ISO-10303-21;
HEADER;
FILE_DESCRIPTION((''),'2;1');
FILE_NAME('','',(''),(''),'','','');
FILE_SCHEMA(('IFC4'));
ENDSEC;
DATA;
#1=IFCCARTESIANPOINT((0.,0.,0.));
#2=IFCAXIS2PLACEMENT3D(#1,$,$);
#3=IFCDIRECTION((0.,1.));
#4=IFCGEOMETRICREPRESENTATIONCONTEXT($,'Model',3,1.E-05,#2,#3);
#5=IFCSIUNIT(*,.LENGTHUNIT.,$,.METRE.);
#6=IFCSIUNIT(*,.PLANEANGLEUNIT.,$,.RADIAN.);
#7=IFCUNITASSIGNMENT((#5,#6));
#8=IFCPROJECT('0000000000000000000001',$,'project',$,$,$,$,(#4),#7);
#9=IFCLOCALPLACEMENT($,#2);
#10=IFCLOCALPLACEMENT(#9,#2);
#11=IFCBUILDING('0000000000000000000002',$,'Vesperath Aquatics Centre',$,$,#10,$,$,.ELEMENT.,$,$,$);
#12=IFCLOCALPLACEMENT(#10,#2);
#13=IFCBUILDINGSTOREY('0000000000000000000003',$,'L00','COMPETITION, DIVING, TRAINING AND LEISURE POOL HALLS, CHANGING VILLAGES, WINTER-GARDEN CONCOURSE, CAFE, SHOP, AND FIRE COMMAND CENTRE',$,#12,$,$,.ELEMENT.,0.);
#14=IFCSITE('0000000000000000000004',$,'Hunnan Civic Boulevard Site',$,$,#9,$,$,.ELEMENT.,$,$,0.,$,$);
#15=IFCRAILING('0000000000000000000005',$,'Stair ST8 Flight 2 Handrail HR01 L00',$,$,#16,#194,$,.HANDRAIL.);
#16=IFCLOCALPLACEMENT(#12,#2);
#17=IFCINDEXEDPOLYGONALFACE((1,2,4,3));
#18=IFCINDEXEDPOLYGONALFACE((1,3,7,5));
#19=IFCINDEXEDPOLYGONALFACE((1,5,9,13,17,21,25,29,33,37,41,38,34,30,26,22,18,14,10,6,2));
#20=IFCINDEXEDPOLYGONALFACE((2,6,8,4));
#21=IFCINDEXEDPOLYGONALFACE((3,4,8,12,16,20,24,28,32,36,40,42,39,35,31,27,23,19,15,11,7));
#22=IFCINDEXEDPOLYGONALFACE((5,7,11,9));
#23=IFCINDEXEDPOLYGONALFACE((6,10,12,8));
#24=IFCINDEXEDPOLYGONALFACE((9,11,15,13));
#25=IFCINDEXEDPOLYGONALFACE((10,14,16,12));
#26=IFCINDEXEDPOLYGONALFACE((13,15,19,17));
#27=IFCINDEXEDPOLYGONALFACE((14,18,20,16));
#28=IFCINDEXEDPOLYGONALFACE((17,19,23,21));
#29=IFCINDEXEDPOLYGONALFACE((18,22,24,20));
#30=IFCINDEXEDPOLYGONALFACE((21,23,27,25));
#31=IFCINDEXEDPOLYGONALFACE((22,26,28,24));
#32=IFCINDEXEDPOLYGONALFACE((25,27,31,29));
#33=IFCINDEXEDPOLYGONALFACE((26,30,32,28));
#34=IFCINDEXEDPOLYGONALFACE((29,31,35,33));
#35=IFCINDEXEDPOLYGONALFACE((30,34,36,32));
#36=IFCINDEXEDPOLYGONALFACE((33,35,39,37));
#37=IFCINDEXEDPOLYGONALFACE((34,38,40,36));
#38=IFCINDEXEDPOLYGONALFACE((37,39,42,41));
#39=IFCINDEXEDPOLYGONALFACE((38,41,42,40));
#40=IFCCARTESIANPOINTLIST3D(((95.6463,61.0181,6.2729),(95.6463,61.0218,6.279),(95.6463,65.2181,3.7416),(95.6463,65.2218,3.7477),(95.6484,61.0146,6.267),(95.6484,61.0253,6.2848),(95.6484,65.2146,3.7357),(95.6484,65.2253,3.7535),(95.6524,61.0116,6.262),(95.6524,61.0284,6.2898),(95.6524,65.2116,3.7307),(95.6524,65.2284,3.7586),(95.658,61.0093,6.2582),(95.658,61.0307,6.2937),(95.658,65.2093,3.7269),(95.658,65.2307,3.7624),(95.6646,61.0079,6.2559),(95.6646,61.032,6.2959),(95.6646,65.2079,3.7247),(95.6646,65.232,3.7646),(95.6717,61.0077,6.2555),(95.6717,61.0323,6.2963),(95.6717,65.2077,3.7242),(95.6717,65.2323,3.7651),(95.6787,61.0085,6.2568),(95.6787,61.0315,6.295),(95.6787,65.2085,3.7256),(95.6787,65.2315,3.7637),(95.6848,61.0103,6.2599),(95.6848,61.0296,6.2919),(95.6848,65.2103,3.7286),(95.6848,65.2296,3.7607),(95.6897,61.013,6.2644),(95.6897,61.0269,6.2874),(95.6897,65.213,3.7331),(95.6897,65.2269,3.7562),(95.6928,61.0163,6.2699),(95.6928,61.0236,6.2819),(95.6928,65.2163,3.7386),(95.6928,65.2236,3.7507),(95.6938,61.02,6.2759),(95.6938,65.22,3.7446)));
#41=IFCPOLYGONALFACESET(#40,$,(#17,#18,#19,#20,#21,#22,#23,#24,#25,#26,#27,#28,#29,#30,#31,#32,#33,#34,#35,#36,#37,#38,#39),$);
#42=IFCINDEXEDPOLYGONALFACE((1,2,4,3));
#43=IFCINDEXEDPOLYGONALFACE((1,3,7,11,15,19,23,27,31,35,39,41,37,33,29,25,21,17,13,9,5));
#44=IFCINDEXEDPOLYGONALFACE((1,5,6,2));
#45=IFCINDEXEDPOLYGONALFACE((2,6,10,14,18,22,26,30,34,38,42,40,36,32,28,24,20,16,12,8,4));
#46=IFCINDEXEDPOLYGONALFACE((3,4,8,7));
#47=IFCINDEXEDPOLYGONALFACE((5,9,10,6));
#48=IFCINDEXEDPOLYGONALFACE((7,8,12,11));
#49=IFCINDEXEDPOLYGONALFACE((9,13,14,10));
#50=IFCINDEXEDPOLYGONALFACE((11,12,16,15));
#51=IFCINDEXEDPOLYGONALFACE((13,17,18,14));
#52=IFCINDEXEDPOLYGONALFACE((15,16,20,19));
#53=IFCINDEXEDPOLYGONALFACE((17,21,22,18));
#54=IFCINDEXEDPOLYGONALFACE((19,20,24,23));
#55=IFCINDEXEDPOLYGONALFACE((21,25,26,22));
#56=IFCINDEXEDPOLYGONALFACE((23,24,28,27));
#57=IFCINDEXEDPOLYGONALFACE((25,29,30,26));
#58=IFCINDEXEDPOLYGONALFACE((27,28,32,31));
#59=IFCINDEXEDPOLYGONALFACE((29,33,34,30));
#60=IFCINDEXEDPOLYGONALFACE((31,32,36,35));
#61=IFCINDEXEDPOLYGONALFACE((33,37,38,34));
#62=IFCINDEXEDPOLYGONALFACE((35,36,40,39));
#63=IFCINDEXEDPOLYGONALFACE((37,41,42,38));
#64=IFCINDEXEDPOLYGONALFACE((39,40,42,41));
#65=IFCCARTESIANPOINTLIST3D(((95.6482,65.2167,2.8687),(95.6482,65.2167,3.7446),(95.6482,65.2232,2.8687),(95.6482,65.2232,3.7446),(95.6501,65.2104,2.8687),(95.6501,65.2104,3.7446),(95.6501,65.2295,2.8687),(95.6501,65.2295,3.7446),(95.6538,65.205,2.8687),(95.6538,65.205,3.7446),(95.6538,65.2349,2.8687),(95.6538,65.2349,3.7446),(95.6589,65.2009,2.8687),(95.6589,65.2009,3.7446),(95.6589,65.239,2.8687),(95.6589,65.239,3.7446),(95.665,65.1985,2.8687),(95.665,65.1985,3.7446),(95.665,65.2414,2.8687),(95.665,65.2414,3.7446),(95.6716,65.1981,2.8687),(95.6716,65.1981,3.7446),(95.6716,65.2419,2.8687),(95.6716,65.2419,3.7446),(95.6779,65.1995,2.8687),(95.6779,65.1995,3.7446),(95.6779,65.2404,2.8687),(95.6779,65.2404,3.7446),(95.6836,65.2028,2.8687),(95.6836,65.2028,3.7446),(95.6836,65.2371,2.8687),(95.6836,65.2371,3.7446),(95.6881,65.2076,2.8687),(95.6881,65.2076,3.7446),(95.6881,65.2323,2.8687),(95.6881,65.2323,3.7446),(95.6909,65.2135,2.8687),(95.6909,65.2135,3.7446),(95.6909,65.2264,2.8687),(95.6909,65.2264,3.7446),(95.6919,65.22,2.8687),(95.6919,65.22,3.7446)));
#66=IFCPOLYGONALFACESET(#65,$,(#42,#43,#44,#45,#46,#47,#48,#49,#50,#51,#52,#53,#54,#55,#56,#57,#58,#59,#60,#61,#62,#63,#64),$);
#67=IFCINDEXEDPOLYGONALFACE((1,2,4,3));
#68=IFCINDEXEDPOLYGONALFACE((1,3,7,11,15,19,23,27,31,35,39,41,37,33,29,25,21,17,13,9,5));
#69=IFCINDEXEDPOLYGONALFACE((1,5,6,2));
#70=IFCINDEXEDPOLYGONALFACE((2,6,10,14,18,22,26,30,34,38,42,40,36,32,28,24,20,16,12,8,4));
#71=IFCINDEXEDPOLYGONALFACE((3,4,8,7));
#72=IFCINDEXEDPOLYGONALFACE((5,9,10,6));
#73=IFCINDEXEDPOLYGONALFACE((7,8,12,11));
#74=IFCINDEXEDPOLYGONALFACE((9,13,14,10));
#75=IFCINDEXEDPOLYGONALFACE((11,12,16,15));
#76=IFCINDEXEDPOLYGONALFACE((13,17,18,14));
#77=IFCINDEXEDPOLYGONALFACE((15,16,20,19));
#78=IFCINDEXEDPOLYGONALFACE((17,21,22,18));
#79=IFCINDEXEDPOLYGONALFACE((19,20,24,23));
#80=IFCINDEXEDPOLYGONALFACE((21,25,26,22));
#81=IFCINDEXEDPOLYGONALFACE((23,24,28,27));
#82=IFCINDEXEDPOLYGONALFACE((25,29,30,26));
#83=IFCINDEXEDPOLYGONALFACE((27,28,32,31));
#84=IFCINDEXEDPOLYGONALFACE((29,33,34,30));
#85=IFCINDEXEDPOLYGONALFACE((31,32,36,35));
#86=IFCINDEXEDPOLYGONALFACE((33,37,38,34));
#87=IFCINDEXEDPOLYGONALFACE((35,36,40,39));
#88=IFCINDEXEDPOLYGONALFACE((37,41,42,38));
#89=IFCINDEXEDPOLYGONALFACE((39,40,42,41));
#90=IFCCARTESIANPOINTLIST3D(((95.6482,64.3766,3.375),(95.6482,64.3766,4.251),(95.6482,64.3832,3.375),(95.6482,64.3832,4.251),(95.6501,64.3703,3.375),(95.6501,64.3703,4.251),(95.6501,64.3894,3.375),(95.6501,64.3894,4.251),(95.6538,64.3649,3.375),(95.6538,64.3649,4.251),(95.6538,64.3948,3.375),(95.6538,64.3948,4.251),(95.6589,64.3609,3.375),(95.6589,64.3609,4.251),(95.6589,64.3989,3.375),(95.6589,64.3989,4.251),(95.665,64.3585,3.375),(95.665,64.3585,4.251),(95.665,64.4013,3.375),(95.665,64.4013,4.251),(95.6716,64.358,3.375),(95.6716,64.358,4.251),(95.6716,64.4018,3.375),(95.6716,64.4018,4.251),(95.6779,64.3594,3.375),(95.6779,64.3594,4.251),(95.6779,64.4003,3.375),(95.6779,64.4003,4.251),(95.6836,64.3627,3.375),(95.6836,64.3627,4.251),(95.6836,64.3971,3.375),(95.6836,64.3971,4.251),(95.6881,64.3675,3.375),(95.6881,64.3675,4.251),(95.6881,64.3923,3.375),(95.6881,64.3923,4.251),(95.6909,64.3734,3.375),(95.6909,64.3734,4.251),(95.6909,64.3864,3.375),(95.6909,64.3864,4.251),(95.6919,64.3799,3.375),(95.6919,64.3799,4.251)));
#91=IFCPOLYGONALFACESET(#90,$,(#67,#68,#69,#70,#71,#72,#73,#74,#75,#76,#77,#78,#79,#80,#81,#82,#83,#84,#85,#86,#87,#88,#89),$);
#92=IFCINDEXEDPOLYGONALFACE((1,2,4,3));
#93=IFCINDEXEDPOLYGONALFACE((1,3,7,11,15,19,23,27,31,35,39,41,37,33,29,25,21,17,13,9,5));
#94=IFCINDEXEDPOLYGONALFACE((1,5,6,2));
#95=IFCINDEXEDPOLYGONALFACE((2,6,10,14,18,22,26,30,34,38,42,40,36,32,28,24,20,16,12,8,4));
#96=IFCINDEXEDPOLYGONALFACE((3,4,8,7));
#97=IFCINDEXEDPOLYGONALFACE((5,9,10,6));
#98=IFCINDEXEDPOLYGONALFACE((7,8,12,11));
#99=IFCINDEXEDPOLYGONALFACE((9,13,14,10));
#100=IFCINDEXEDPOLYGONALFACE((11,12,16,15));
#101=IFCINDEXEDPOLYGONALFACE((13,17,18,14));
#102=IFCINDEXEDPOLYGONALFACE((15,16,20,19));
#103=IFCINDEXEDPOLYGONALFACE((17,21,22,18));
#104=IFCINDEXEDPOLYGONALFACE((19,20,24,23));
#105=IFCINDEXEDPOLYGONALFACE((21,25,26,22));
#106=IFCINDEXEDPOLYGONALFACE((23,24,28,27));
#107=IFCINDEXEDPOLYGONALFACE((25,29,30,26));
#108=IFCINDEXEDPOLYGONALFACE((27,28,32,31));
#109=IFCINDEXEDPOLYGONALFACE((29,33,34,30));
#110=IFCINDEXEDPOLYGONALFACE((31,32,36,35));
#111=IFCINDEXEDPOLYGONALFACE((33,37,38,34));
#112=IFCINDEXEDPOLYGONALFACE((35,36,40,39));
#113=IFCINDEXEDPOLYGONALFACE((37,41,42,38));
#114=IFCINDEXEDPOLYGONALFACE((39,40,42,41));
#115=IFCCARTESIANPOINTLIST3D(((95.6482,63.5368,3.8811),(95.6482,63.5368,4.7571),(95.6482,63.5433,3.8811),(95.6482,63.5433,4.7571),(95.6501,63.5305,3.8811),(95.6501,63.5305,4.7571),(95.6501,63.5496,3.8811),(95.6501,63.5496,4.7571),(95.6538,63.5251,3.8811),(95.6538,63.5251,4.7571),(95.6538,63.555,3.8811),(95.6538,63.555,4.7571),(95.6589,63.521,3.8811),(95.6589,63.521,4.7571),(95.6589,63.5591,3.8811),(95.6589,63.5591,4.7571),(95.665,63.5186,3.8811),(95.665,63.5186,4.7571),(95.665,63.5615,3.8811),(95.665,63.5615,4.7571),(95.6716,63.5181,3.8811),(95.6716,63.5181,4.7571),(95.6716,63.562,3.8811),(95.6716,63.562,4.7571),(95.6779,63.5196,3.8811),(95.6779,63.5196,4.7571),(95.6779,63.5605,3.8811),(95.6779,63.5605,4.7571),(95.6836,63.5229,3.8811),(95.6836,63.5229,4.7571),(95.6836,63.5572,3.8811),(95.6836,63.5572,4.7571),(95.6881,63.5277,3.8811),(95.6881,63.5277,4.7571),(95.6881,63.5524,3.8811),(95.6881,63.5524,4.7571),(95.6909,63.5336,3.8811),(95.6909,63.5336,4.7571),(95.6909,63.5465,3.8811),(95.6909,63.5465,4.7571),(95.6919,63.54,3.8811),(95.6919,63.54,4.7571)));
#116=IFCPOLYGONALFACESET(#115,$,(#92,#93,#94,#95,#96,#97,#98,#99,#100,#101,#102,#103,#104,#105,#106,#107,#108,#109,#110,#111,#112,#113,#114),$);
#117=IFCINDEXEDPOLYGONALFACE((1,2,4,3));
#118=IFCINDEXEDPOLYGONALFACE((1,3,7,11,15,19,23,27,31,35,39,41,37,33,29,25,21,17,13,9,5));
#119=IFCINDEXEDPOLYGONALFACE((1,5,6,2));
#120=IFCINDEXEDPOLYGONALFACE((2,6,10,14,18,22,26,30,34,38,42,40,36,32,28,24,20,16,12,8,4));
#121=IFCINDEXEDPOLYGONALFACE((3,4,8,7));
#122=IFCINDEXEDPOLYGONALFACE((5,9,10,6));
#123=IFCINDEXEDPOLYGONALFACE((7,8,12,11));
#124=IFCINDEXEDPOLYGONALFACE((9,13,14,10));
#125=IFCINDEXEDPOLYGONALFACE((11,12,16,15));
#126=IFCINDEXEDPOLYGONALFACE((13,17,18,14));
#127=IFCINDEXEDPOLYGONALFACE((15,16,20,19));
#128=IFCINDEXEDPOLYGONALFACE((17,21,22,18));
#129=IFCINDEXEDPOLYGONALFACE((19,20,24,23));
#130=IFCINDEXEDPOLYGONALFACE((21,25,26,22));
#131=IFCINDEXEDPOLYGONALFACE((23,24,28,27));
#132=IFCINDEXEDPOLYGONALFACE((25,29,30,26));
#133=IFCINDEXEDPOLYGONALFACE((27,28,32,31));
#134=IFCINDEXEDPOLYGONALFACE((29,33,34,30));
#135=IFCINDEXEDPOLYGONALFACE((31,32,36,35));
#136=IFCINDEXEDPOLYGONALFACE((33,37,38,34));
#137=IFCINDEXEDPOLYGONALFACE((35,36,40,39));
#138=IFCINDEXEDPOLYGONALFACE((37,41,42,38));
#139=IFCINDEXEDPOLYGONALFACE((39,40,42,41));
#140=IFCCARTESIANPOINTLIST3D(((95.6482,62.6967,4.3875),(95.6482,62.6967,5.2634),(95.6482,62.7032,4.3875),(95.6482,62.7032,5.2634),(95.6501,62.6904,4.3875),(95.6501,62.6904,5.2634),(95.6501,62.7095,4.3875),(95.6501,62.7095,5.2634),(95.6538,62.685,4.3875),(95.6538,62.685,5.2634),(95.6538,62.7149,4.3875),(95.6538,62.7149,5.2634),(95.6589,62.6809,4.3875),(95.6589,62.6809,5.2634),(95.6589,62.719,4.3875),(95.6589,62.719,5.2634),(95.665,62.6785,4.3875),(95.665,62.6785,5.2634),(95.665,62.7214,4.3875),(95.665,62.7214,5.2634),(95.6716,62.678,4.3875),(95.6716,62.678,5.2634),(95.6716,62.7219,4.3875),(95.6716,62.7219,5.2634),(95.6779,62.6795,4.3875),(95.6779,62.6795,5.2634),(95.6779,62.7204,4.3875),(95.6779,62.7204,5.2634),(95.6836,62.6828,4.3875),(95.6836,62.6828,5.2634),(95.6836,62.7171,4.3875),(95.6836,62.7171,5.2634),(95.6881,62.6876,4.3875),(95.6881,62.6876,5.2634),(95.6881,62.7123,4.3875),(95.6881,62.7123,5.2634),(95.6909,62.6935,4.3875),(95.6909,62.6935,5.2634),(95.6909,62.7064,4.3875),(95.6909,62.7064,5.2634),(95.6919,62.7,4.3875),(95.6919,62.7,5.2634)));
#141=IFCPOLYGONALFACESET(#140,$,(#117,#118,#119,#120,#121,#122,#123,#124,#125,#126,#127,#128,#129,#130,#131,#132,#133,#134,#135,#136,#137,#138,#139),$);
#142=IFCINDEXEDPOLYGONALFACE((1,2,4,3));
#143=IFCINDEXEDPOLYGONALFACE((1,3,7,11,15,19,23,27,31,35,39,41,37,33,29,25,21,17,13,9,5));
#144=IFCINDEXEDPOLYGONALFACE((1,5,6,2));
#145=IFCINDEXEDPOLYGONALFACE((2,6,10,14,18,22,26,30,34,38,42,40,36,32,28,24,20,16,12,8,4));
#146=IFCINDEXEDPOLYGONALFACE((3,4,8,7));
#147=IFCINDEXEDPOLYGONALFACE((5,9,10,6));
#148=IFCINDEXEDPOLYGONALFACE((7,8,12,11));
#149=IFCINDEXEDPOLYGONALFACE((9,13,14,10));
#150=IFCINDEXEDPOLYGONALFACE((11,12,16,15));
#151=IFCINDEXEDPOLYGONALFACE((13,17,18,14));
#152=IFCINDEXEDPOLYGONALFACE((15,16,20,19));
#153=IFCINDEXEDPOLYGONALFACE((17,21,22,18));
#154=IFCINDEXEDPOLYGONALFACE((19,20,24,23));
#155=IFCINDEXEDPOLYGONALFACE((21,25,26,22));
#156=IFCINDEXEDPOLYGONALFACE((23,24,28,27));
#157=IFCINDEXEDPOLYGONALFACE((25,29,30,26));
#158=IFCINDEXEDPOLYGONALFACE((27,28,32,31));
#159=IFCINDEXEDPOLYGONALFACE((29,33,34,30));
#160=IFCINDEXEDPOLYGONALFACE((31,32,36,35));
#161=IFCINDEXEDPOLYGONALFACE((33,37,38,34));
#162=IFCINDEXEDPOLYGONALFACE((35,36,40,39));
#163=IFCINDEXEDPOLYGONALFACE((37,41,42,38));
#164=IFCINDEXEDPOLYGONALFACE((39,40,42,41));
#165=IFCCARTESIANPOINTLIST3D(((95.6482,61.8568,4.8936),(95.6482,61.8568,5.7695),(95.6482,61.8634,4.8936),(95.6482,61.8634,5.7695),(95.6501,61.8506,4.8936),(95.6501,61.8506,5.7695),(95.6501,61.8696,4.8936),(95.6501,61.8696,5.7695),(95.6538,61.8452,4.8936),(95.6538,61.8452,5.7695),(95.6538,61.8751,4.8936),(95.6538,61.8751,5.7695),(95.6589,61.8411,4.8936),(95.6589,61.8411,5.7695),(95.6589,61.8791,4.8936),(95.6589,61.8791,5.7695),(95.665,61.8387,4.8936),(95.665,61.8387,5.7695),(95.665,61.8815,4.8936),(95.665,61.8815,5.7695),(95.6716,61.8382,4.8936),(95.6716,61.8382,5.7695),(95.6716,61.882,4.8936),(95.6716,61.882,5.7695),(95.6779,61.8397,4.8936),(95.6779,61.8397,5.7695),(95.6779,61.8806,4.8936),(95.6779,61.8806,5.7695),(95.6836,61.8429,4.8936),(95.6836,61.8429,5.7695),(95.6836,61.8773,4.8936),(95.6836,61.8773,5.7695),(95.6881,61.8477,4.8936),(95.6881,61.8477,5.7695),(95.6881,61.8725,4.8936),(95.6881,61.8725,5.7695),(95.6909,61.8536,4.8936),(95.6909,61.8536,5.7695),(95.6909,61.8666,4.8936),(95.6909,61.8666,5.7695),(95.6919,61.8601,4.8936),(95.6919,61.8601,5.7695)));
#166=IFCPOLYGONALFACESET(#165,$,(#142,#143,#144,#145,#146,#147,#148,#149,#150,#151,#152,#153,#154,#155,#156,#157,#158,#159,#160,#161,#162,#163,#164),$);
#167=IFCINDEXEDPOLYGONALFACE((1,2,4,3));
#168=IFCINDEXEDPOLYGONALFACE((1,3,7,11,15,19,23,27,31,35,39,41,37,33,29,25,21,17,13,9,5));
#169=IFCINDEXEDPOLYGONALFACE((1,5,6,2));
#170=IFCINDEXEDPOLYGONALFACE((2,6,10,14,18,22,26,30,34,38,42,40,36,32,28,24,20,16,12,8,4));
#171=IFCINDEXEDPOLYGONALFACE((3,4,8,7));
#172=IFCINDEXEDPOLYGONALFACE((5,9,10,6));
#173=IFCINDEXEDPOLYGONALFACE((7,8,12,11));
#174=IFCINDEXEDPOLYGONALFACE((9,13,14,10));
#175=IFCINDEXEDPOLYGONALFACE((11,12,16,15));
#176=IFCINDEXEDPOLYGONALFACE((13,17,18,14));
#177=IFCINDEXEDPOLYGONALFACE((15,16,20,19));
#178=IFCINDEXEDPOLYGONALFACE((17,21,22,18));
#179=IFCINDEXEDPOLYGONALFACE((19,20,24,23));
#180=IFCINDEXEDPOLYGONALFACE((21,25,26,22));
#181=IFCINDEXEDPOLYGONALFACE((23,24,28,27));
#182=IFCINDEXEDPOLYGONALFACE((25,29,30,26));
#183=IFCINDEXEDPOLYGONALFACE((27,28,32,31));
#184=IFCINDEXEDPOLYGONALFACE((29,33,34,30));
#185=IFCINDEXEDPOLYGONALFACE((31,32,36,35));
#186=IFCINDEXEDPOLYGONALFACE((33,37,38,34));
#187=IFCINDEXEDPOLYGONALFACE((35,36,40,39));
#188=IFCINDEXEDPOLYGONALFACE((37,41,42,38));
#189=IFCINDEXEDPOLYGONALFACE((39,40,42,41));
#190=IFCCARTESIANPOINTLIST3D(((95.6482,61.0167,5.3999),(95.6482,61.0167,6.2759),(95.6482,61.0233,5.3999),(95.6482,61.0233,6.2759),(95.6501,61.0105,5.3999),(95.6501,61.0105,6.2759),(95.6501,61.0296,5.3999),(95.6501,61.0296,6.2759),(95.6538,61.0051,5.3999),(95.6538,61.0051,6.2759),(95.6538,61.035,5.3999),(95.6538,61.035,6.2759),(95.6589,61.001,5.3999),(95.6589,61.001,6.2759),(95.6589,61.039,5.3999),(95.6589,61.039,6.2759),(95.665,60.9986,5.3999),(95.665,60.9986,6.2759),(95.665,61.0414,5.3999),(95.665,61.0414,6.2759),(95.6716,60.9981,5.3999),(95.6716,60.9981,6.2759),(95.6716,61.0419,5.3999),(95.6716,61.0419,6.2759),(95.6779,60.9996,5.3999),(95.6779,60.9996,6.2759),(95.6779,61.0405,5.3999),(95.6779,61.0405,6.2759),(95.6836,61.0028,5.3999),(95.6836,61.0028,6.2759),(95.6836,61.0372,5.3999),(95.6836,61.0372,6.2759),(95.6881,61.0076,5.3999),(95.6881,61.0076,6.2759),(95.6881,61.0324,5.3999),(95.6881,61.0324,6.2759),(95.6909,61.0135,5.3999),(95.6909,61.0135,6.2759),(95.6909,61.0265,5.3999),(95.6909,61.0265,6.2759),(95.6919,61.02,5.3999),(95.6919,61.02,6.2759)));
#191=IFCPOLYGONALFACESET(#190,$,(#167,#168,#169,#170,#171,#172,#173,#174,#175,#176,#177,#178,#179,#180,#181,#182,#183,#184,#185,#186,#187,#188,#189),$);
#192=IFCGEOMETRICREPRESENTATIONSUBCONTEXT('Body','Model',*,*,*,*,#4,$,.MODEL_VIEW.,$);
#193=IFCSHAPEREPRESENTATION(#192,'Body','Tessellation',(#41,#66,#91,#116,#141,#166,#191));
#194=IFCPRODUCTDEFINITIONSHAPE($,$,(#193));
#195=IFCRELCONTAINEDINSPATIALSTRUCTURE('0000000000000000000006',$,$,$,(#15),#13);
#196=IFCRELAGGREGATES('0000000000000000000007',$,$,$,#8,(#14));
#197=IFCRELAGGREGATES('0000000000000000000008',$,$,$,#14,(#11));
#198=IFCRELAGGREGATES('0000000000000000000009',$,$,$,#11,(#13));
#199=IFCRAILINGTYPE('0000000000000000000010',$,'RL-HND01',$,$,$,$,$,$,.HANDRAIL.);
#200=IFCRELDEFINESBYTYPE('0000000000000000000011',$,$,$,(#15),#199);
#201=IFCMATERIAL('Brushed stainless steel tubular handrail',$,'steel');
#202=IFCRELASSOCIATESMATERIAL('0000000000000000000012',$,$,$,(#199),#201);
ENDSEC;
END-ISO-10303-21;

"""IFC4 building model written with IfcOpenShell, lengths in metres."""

from ifc_helpers import new_model, si_unit, direction, frame, origin, origin_2d, place, context, subcontext, project, spatial, circle, extrude, material, type_object, element, save


model = new_model("IFC4")

# Units and contexts
model_context = context("Model", 3, precision=1e-05, world=origin(), true_north=direction((0.0, 1.0)))
body_context = subcontext(model_context, "Body", "Model", "MODEL_VIEW")
ifc_project = project(units=[si_unit("LENGTHUNIT", "METRE"), si_unit("PLANEANGLEUNIT", "RADIAN")], contexts=[model_context])

# Site, building, storey
site_placement = place(None, origin())
site = spatial("IfcSite", under=ifc_project, at=site_placement, Name="Hunnan Civic Boulevard Site", CompositionType="ELEMENT", RefElevation=0.0)
building_placement = place(site_placement, origin())
building = spatial("IfcBuilding", under=site, at=building_placement, Name="Vesperath Aquatics Centre", CompositionType="ELEMENT")
storey_placement = place(building_placement, origin())
storey = spatial("IfcBuildingStorey", under=building, at=storey_placement, Name="L00", Description="COMPETITION, DIVING, TRAINING AND LEISURE POOL HALLS, CHANGING VILLAGES, WINTER-GARDEN CONCOURSE, CAFE, SHOP, AND FIRE COMMAND CENTRE", CompositionType="ELEMENT", Elevation=0.0)

# Railing
ifc_material_1 = material(Name="Brushed stainless steel tubular handrail", Category="steel")
railing_type_1 = type_object("IfcRailingType", Name="RL-HND01", PredefinedType="HANDRAIL", material=ifc_material_1)
railing_1_placement = place(storey_placement, frame((95.6699, 65.22, 2.8687)))
element("IfcRailing", 1, at=railing_1_placement, inside=storey, type_object=railing_type_1, Name="Stair ST8 Flight 2 Handrail HR01 L00", PredefinedType="HANDRAIL", context=body_context, shape_type="SweptSolid", body=[
    extrude(circle(Radius=0.0239, at=origin_2d()), frame((0.0, 0.0, 0.876), z_axis=(0.0, -0.856476, 0.516186), x_axis=(1.0, 0.0, 0.0)), (0.0, 0.0, 1.0), 4.9038),
    extrude(circle(Radius=0.022, at=origin_2d()), origin(), (0.0, 0.0, 1.0), 0.876),
    extrude(circle(Radius=0.022, at=origin_2d()), frame((0.0, -0.8401, 0.5063)), (0.0, 0.0, 1.0), 0.876),
    extrude(circle(Radius=0.022, at=origin_2d()), frame((0.0, -1.6799, 1.0125)), (0.0, 0.0, 1.0), 0.876),
    extrude(circle(Radius=0.022, at=origin_2d()), frame((0.0, -2.52, 1.5188)), (0.0, 0.0, 1.0), 0.876),
    extrude(circle(Radius=0.022, at=origin_2d()), frame((0.0, -3.3599, 2.0249)), (0.0, 0.0, 1.0), 0.876),
    extrude(circle(Radius=0.022, at=origin_2d()), frame((0.0, -4.2, 2.5312)), (0.0, 0.0, 1.0), 0.876),
])

save(model, "model.ifc")
